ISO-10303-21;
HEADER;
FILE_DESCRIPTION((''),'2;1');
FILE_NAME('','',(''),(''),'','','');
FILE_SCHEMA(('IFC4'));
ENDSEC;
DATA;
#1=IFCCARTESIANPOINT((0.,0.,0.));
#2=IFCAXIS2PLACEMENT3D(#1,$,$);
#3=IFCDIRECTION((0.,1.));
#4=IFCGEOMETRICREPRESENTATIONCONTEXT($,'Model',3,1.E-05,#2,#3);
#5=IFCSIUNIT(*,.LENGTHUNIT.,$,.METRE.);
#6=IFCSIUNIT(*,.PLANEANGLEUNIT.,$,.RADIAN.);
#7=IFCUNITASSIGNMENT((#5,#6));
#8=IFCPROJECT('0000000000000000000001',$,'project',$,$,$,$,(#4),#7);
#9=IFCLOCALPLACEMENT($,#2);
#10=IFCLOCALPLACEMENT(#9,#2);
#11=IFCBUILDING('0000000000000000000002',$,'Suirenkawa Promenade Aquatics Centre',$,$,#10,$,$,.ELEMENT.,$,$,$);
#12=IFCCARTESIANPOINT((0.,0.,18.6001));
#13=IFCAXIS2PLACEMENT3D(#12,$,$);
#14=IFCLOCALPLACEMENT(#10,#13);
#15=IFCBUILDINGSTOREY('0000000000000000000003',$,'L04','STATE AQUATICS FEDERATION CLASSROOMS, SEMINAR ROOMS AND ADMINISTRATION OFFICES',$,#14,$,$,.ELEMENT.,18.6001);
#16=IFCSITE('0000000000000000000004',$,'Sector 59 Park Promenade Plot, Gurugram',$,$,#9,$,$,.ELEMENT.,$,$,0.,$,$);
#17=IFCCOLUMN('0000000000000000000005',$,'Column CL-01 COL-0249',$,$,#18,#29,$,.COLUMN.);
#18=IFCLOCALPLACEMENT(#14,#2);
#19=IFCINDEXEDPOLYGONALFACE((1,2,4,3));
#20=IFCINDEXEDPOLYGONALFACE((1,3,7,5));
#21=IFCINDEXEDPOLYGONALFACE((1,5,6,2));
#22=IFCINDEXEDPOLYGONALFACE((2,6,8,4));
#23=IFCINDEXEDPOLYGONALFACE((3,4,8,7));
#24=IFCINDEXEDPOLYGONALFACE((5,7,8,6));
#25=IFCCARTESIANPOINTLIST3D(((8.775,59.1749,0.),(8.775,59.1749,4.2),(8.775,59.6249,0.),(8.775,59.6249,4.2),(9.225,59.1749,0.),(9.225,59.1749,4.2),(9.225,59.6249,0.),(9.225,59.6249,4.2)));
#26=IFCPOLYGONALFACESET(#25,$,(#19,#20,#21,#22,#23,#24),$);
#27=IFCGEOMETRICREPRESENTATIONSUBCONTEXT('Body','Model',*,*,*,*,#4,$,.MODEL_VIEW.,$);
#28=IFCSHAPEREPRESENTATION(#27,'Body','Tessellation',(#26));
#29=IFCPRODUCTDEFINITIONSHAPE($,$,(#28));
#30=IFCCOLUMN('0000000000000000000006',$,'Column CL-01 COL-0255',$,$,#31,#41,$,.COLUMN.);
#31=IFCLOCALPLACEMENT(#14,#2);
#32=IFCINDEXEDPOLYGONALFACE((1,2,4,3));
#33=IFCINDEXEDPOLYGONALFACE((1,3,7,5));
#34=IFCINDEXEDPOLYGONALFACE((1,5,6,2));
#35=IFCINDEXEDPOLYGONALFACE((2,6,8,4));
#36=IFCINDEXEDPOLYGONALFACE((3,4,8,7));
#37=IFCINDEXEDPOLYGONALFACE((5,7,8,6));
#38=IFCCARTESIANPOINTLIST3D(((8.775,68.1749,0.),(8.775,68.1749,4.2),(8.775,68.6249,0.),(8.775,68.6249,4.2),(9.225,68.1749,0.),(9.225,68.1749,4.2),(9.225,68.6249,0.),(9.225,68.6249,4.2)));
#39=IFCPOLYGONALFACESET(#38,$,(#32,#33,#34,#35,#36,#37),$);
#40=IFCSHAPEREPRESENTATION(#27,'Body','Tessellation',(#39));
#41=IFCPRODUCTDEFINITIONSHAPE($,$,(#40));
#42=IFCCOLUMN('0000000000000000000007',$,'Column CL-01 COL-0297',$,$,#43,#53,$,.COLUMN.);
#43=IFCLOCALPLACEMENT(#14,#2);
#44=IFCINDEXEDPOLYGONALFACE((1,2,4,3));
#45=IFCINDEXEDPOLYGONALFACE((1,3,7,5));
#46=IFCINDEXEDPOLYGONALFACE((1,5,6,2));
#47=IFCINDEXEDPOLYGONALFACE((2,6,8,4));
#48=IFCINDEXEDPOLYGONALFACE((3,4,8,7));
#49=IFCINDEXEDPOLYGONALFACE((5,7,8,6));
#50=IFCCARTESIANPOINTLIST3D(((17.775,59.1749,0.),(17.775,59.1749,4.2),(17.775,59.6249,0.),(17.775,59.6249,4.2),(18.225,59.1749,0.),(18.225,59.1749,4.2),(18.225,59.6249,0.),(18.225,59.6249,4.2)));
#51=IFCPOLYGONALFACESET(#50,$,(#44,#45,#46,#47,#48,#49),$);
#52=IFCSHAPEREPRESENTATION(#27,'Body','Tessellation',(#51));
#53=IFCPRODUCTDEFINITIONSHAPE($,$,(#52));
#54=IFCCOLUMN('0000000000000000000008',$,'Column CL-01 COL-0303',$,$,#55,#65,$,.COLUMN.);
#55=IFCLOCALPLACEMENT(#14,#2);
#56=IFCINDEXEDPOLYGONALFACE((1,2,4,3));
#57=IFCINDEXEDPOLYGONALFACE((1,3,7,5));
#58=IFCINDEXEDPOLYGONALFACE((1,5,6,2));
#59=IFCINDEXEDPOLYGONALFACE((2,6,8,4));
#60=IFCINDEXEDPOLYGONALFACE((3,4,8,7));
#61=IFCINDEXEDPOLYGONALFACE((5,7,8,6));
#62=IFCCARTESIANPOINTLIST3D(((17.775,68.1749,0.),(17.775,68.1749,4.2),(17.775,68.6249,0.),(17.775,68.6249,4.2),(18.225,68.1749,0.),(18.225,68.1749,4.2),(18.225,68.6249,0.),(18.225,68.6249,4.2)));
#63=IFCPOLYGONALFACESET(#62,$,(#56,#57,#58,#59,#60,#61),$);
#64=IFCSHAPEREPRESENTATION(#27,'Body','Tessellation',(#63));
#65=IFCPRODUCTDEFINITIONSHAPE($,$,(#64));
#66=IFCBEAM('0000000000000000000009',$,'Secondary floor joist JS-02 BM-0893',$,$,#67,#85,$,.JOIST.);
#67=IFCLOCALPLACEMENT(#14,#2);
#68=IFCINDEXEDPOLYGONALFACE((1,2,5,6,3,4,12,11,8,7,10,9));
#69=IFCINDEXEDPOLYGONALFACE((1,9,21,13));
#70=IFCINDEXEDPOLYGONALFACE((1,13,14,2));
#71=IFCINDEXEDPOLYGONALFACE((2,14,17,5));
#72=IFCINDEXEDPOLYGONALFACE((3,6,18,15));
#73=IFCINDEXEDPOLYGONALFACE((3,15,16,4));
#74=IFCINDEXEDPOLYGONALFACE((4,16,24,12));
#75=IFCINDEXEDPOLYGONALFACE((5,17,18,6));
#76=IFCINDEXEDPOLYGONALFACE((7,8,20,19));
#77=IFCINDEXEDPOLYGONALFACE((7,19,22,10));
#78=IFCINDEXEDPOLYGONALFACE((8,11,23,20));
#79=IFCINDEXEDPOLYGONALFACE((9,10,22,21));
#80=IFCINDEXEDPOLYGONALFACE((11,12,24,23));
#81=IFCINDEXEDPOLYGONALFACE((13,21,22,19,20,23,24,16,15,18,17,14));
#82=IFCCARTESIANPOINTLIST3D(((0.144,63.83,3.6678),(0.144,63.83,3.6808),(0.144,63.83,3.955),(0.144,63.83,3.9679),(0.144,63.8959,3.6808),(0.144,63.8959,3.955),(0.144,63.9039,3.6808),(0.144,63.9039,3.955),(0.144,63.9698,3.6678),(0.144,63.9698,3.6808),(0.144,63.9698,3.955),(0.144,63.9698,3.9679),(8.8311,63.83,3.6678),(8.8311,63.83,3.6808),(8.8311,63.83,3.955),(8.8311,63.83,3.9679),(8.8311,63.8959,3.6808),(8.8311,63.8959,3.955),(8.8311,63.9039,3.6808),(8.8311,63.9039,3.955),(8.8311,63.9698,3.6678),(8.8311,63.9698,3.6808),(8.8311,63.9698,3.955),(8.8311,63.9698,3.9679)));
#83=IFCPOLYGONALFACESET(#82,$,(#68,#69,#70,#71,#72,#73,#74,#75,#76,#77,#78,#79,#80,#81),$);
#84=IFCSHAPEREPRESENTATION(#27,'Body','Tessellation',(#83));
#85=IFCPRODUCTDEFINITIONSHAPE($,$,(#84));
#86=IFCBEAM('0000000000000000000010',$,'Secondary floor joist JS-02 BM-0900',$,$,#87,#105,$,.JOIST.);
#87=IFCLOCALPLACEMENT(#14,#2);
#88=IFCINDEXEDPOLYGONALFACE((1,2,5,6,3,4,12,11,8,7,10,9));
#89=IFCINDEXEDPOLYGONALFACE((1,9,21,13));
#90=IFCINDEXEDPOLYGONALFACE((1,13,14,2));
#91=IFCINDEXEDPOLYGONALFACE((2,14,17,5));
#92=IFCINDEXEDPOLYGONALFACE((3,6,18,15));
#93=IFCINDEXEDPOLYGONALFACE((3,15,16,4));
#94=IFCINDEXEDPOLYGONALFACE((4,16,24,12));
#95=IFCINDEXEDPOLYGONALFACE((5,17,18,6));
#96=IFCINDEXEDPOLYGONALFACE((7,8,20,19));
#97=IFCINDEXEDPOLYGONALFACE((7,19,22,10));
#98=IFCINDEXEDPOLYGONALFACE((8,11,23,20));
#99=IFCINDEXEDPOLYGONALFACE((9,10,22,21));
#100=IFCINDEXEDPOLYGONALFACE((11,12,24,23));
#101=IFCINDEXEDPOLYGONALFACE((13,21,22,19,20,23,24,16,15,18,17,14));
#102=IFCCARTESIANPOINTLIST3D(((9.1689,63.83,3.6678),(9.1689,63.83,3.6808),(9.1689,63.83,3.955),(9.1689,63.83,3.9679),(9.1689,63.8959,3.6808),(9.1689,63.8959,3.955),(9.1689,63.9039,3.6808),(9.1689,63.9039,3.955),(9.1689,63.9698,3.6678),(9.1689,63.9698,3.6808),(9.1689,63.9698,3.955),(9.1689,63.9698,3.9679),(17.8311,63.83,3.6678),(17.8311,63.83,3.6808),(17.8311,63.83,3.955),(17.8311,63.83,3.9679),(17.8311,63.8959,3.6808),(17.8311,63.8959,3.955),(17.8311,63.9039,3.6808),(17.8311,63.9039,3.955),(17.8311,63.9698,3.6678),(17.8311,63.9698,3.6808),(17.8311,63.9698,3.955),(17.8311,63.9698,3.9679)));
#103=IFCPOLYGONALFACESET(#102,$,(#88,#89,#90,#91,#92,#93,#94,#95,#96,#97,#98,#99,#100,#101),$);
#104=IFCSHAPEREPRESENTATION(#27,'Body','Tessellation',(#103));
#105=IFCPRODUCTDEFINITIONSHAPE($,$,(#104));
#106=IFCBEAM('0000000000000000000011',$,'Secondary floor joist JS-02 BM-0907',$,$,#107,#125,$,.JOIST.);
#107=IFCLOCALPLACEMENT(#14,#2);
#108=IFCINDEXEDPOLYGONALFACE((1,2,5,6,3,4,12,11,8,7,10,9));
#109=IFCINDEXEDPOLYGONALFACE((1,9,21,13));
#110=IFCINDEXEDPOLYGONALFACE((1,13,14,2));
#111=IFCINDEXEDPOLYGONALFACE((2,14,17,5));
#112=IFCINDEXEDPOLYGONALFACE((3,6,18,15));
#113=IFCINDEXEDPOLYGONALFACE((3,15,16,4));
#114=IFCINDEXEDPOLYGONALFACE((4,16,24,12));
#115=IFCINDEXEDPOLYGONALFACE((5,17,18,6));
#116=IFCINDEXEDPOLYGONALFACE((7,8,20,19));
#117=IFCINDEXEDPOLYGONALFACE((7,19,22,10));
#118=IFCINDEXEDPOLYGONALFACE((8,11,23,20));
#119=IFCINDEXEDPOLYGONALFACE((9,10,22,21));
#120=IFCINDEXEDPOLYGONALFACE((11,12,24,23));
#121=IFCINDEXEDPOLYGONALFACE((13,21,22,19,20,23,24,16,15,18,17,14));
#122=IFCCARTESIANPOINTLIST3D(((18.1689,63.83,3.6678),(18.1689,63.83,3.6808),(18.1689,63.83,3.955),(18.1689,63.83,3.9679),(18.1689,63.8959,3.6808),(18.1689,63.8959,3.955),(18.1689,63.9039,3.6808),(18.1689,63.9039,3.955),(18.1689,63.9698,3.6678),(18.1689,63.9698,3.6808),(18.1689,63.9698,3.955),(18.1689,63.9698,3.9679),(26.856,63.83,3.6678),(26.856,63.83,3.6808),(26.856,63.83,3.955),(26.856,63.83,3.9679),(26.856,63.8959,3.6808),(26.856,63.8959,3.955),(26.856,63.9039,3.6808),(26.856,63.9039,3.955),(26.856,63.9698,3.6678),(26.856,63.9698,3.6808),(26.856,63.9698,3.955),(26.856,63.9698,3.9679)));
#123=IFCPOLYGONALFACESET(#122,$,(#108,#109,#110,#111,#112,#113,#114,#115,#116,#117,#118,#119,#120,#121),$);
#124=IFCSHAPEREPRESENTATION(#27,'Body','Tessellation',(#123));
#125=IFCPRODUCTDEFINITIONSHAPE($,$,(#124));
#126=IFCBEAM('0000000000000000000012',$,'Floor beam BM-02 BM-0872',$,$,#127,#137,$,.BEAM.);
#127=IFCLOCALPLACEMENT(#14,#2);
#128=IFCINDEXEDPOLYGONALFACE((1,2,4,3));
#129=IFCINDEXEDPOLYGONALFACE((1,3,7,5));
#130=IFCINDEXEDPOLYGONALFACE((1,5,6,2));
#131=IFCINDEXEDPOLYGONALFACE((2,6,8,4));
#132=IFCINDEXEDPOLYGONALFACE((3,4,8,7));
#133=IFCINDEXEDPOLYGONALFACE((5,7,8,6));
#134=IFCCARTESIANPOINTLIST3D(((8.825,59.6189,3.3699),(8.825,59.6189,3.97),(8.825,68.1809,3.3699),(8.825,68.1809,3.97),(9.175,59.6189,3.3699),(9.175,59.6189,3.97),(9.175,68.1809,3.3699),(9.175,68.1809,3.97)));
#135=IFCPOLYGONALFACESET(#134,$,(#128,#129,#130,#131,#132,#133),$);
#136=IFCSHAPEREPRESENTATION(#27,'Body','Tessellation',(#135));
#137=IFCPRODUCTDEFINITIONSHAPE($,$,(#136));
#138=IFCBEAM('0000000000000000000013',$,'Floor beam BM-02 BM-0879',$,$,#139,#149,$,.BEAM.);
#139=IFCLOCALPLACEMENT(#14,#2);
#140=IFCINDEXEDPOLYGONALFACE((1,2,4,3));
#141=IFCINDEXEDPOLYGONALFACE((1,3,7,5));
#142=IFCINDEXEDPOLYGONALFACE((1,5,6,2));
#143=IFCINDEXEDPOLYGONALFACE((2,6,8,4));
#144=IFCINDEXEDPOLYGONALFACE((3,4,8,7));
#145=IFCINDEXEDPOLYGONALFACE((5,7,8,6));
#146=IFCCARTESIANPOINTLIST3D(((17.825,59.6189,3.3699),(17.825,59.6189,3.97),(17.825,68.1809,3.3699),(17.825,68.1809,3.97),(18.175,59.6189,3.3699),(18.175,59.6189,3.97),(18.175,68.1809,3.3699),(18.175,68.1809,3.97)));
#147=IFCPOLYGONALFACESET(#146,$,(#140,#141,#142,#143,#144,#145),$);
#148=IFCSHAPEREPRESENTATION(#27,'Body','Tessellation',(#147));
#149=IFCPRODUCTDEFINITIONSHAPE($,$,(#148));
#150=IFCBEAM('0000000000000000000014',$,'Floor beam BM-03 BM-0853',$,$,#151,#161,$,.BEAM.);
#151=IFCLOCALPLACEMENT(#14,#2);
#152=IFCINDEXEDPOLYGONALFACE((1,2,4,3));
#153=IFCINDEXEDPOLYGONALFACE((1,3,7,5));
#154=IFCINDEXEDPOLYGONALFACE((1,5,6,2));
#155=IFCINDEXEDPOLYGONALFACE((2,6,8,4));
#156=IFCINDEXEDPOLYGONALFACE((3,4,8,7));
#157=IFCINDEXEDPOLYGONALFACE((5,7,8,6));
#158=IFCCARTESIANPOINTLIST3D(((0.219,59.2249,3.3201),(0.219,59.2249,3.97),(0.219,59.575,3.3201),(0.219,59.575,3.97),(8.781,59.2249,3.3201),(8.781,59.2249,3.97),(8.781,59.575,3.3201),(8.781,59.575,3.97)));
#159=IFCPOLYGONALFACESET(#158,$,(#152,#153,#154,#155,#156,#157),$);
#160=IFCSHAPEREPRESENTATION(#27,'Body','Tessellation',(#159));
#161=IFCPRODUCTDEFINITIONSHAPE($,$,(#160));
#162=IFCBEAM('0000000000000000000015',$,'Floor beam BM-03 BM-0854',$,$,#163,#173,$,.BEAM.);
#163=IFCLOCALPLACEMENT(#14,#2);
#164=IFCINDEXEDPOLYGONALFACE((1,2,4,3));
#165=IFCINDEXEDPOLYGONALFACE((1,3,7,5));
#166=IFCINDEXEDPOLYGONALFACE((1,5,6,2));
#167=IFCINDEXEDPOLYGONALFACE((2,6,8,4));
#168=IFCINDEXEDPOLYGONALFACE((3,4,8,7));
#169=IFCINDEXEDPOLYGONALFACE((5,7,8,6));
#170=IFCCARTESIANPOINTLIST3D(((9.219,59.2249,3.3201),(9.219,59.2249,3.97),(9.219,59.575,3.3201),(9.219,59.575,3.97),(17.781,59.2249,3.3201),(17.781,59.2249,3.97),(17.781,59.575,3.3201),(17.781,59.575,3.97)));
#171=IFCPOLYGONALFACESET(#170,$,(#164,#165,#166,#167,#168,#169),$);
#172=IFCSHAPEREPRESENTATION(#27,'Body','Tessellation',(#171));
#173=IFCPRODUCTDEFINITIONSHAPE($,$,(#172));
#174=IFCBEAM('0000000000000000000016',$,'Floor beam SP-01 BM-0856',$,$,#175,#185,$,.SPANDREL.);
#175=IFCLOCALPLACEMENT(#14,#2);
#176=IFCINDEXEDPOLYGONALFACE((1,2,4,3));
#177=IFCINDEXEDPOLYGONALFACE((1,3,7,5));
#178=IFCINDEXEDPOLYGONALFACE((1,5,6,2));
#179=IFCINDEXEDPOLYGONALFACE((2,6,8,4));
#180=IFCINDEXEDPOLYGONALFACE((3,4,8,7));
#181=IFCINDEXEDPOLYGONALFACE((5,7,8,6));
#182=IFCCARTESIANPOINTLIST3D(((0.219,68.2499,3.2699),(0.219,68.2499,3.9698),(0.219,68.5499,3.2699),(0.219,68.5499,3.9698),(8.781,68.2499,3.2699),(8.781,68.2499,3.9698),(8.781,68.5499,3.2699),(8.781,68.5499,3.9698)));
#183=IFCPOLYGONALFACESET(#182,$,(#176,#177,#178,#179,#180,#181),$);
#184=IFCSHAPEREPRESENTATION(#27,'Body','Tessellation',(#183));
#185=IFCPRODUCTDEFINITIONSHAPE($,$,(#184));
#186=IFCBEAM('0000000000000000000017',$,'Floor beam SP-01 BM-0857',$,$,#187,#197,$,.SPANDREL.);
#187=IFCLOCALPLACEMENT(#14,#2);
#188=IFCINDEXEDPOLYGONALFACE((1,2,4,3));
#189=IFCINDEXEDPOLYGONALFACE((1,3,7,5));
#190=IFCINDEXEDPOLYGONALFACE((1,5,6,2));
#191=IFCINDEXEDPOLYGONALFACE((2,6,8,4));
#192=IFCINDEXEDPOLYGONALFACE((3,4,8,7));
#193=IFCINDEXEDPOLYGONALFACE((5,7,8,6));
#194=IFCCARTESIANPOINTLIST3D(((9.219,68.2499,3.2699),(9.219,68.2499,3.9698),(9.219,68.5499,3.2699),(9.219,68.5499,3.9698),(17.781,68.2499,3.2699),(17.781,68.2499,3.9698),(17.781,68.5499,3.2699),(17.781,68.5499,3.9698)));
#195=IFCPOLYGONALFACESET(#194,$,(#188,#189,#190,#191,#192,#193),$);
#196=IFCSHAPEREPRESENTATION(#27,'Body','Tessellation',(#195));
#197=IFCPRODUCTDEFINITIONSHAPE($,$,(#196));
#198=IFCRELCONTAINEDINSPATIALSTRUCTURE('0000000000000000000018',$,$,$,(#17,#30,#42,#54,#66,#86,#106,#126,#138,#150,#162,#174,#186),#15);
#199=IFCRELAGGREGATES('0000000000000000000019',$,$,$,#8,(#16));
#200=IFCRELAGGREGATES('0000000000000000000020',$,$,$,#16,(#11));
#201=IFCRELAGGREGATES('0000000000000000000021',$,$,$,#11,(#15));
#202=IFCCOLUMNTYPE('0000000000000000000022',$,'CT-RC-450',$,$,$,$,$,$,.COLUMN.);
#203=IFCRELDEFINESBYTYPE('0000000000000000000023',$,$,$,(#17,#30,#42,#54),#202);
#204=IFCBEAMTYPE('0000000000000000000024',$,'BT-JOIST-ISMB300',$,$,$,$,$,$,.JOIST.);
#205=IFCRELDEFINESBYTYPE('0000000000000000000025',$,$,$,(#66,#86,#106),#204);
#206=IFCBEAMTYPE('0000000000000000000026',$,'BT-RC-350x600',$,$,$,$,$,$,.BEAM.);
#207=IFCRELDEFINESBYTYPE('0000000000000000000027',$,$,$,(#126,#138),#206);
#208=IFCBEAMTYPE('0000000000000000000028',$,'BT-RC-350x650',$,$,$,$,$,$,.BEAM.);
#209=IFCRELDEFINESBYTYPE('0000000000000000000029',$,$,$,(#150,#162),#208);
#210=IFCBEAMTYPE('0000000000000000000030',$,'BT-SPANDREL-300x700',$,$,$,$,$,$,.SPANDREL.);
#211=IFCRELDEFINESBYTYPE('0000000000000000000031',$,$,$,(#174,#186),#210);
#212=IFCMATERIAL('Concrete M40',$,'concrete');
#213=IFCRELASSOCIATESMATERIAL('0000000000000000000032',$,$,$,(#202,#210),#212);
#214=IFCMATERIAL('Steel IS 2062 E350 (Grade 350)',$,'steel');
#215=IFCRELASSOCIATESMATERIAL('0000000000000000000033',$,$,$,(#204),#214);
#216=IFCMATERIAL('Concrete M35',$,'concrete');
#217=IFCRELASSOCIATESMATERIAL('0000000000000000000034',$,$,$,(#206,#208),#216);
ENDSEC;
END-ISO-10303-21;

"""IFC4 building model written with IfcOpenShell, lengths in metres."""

from ifc_helpers import new_model, si_unit, direction, frame, origin, origin_2d, place, context, subcontext, project, spatial, rectangle, i_section, extrude, material, material_profile, profile_set, type_object, element, save


model = new_model("IFC4")

# Units and contexts
model_context = context("Model", 3, precision=1e-05, world=origin(), true_north=direction((0.0, 1.0)))
body_context = subcontext(model_context, "Body", "Model", "MODEL_VIEW")
ifc_project = project(units=[si_unit("LENGTHUNIT", "METRE"), si_unit("PLANEANGLEUNIT", "RADIAN")], contexts=[model_context])

# Site, building, storey
site_placement = place(None, origin())
site = spatial("IfcSite", under=ifc_project, at=site_placement, Name="Sector 59 Park Promenade Plot, Gurugram", CompositionType="ELEMENT", RefElevation=0.0)
building_placement = place(site_placement, origin())
building = spatial("IfcBuilding", under=site, at=building_placement, Name="Suirenkawa Promenade Aquatics Centre", CompositionType="ELEMENT")
storey_placement = place(building_placement, frame((0.0, 0.0, 18.6001)))
storey = spatial("IfcBuildingStorey", under=building, at=storey_placement, Name="L04", Description="STATE AQUATICS FEDERATION CLASSROOMS, SEMINAR ROOMS AND ADMINISTRATION OFFICES", CompositionType="ELEMENT", Elevation=18.6001)

# Columns
ifc_material_1 = material(Name="Concrete M40", Category="concrete")
ifc_material_profile_1 = material_profile(ifc_material_1, rectangle(XDim=0.45, YDim=0.45, at=origin_2d()), Name="RC COL 450x450", Category="concrete")
ifc_profile_set_1 = profile_set([ifc_material_profile_1], Name="Concrete M40")
column_type = type_object("IfcColumnType", Name="CT-RC-450", PredefinedType="COLUMN", material=ifc_profile_set_1)
for number, where, z_axis, x_axis, name in (
    (1, (9.0, 59.3999, 0.0), (0.0, 0.0, 1.0), (1.0, 0.0, 0.0), "Column CL-01 COL-0249"),
    (2, (9.0, 68.3999, 0.0), (0.0, 0.0, 1.0), (1.0, 0.0, 0.0), "Column CL-01 COL-0255"),
    (3, (18.0, 59.3999, 0.0), (0.0, 0.0, 1.0), (1.0, 0.0, 0.0), "Column CL-01 COL-0297"),
    (4, (18.0, 68.3999, 0.0), (0.0, 0.0, 1.0), (1.0, 0.0, 0.0), "Column CL-01 COL-0303"),
):
    element("IfcColumn", number, at=place(storey_placement, frame(where, z_axis=z_axis, x_axis=x_axis)), inside=storey, type_object=column_type, Name=name, PredefinedType="COLUMN", context=body_context, shape_type="SweptSolid", body=[
        extrude(rectangle(XDim=0.45, YDim=0.45, at=origin_2d()), origin(), (0.0, 0.0, 1.0), 4.2),
    ])

# Beams
ifc_material_2 = material(Name="Steel IS 2062 E350 (Grade 350)", Category="steel")
ifc_material_profile_2 = material_profile(ifc_material_2, i_section(OverallWidth=0.1399, OverallDepth=0.3, WebThickness=0.0081, FlangeThickness=0.0129, at=origin_2d()), Name="ISMB 300", Category="steel")
ifc_profile_set_2 = profile_set([ifc_material_profile_2], Name="Steel IS 2062 E350 (Grade 350)")
beam_type_1 = type_object("IfcBeamType", Name="BT-JOIST-ISMB300", PredefinedType="JOIST", material=ifc_profile_set_2)
beam_1_placement = place(storey_placement, frame((0.144, 63.8999, 3.8179), z_axis=(1.0, 0.0, 0.0), x_axis=(0.0, 1.0, 0.0)))
element("IfcBeam", 5, at=beam_1_placement, inside=storey, type_object=beam_type_1, Name="Secondary floor joist JS-02 BM-0893", PredefinedType="JOIST", context=body_context, shape_type="SweptSolid", body=[
    extrude(i_section(OverallWidth=0.1399, OverallDepth=0.3, WebThickness=0.0081, FlangeThickness=0.0129, at=origin_2d()), origin(), (0.0, 0.0, 1.0), 8.687),
])
beam_2_placement = place(storey_placement, frame((9.1689, 63.8999, 3.8179), z_axis=(1.0, 0.0, 0.0), x_axis=(0.0, 1.0, 0.0)))
element("IfcBeam", 6, at=beam_2_placement, inside=storey, type_object=beam_type_1, Name="Secondary floor joist JS-02 BM-0900", PredefinedType="JOIST", context=body_context, shape_type="SweptSolid", body=[
    extrude(i_section(OverallWidth=0.1399, OverallDepth=0.3, WebThickness=0.0081, FlangeThickness=0.0129, at=origin_2d()), origin(), (0.0, 0.0, 1.0), 8.6621),
])
beam_3_placement = place(storey_placement, frame((18.1689, 63.8999, 3.8179), z_axis=(1.0, 0.0, 0.0), x_axis=(0.0, 1.0, 0.0)))
element("IfcBeam", 7, at=beam_3_placement, inside=storey, type_object=beam_type_1, Name="Secondary floor joist JS-02 BM-0907", PredefinedType="JOIST", context=body_context, shape_type="SweptSolid", body=[
    extrude(i_section(OverallWidth=0.1399, OverallDepth=0.3, WebThickness=0.0081, FlangeThickness=0.0129, at=origin_2d()), origin(), (0.0, 0.0, 1.0), 8.687),
])
ifc_material_3 = material(Name="Concrete M35", Category="concrete")
ifc_material_profile_3 = material_profile(ifc_material_3, rectangle(XDim=0.3501, YDim=0.6001, at=origin_2d()), Name="RC BM 350x600", Category="concrete")
ifc_profile_set_3 = profile_set([ifc_material_profile_3], Name="Concrete M35")
beam_type_2 = type_object("IfcBeamType", Name="BT-RC-350x600", PredefinedType="BEAM", material=ifc_profile_set_3)
for number, where, z_axis, x_axis, name in (
    (8, (9.0, 59.6189, 3.6699), (0.0, 1.0, 0.0), (-1.0, 0.0, 0.0), "Floor beam BM-02 BM-0872"),
    (9, (18.0, 59.6189, 3.6699), (0.0, 1.0, 0.0), (-1.0, 0.0, 0.0), "Floor beam BM-02 BM-0879"),
):
    element("IfcBeam", number, at=place(storey_placement, frame(where, z_axis=z_axis, x_axis=x_axis)), inside=storey, type_object=beam_type_2, Name=name, PredefinedType="BEAM", context=body_context, shape_type="SweptSolid", body=[
        extrude(rectangle(XDim=0.3501, YDim=0.6001, at=origin_2d()), origin(), (0.0, 0.0, 1.0), 8.562),
    ])
ifc_material_profile_4 = material_profile(ifc_material_3, rectangle(XDim=0.3501, YDim=0.6499, at=origin_2d()), Name="RC BM 350x650", Category="concrete")
ifc_profile_set_4 = profile_set([ifc_material_profile_4], Name="Concrete M35")
beam_type_3 = type_object("IfcBeamType", Name="BT-RC-350x650", PredefinedType="BEAM", material=ifc_profile_set_4)
for number, where, z_axis, x_axis, name in (
    (10, (0.219, 59.3999, 3.645), (1.0, 0.0, 0.0), (0.0, 1.0, 0.0), "Floor beam BM-03 BM-0853"),
    (11, (9.219, 59.3999, 3.645), (1.0, 0.0, 0.0), (0.0, 1.0, 0.0), "Floor beam BM-03 BM-0854"),
):
    element("IfcBeam", number, at=place(storey_placement, frame(where, z_axis=z_axis, x_axis=x_axis)), inside=storey, type_object=beam_type_3, Name=name, PredefinedType="BEAM", context=body_context, shape_type="SweptSolid", body=[
        extrude(rectangle(XDim=0.3501, YDim=0.6499, at=origin_2d()), origin(), (0.0, 0.0, 1.0), 8.562),
    ])
ifc_material_profile_5 = material_profile(ifc_material_1, rectangle(XDim=0.3, YDim=0.7, at=origin_2d()), Name="RC SPANDREL 300x700", Category="concrete")
ifc_profile_set_5 = profile_set([ifc_material_profile_5], Name="Concrete M40")
beam_type_4 = type_object("IfcBeamType", Name="BT-SPANDREL-300x700", PredefinedType="SPANDREL", material=ifc_profile_set_5)
for number, where, z_axis, x_axis, name in (
    (12, (0.219, 68.3999, 3.6199), (1.0, 0.0, 0.0), (0.0, 1.0, 0.0), "Floor beam SP-01 BM-0856"),
    (13, (9.219, 68.3999, 3.6199), (1.0, 0.0, 0.0), (0.0, 1.0, 0.0), "Floor beam SP-01 BM-0857"),
):
    element("IfcBeam", number, at=place(storey_placement, frame(where, z_axis=z_axis, x_axis=x_axis)), inside=storey, type_object=beam_type_4, Name=name, PredefinedType="SPANDREL", context=body_context, shape_type="SweptSolid", body=[
        extrude(rectangle(XDim=0.3, YDim=0.7, at=origin_2d()), origin(), (0.0, 0.0, 1.0), 8.562),
    ])

save(model, "model.ifc")
